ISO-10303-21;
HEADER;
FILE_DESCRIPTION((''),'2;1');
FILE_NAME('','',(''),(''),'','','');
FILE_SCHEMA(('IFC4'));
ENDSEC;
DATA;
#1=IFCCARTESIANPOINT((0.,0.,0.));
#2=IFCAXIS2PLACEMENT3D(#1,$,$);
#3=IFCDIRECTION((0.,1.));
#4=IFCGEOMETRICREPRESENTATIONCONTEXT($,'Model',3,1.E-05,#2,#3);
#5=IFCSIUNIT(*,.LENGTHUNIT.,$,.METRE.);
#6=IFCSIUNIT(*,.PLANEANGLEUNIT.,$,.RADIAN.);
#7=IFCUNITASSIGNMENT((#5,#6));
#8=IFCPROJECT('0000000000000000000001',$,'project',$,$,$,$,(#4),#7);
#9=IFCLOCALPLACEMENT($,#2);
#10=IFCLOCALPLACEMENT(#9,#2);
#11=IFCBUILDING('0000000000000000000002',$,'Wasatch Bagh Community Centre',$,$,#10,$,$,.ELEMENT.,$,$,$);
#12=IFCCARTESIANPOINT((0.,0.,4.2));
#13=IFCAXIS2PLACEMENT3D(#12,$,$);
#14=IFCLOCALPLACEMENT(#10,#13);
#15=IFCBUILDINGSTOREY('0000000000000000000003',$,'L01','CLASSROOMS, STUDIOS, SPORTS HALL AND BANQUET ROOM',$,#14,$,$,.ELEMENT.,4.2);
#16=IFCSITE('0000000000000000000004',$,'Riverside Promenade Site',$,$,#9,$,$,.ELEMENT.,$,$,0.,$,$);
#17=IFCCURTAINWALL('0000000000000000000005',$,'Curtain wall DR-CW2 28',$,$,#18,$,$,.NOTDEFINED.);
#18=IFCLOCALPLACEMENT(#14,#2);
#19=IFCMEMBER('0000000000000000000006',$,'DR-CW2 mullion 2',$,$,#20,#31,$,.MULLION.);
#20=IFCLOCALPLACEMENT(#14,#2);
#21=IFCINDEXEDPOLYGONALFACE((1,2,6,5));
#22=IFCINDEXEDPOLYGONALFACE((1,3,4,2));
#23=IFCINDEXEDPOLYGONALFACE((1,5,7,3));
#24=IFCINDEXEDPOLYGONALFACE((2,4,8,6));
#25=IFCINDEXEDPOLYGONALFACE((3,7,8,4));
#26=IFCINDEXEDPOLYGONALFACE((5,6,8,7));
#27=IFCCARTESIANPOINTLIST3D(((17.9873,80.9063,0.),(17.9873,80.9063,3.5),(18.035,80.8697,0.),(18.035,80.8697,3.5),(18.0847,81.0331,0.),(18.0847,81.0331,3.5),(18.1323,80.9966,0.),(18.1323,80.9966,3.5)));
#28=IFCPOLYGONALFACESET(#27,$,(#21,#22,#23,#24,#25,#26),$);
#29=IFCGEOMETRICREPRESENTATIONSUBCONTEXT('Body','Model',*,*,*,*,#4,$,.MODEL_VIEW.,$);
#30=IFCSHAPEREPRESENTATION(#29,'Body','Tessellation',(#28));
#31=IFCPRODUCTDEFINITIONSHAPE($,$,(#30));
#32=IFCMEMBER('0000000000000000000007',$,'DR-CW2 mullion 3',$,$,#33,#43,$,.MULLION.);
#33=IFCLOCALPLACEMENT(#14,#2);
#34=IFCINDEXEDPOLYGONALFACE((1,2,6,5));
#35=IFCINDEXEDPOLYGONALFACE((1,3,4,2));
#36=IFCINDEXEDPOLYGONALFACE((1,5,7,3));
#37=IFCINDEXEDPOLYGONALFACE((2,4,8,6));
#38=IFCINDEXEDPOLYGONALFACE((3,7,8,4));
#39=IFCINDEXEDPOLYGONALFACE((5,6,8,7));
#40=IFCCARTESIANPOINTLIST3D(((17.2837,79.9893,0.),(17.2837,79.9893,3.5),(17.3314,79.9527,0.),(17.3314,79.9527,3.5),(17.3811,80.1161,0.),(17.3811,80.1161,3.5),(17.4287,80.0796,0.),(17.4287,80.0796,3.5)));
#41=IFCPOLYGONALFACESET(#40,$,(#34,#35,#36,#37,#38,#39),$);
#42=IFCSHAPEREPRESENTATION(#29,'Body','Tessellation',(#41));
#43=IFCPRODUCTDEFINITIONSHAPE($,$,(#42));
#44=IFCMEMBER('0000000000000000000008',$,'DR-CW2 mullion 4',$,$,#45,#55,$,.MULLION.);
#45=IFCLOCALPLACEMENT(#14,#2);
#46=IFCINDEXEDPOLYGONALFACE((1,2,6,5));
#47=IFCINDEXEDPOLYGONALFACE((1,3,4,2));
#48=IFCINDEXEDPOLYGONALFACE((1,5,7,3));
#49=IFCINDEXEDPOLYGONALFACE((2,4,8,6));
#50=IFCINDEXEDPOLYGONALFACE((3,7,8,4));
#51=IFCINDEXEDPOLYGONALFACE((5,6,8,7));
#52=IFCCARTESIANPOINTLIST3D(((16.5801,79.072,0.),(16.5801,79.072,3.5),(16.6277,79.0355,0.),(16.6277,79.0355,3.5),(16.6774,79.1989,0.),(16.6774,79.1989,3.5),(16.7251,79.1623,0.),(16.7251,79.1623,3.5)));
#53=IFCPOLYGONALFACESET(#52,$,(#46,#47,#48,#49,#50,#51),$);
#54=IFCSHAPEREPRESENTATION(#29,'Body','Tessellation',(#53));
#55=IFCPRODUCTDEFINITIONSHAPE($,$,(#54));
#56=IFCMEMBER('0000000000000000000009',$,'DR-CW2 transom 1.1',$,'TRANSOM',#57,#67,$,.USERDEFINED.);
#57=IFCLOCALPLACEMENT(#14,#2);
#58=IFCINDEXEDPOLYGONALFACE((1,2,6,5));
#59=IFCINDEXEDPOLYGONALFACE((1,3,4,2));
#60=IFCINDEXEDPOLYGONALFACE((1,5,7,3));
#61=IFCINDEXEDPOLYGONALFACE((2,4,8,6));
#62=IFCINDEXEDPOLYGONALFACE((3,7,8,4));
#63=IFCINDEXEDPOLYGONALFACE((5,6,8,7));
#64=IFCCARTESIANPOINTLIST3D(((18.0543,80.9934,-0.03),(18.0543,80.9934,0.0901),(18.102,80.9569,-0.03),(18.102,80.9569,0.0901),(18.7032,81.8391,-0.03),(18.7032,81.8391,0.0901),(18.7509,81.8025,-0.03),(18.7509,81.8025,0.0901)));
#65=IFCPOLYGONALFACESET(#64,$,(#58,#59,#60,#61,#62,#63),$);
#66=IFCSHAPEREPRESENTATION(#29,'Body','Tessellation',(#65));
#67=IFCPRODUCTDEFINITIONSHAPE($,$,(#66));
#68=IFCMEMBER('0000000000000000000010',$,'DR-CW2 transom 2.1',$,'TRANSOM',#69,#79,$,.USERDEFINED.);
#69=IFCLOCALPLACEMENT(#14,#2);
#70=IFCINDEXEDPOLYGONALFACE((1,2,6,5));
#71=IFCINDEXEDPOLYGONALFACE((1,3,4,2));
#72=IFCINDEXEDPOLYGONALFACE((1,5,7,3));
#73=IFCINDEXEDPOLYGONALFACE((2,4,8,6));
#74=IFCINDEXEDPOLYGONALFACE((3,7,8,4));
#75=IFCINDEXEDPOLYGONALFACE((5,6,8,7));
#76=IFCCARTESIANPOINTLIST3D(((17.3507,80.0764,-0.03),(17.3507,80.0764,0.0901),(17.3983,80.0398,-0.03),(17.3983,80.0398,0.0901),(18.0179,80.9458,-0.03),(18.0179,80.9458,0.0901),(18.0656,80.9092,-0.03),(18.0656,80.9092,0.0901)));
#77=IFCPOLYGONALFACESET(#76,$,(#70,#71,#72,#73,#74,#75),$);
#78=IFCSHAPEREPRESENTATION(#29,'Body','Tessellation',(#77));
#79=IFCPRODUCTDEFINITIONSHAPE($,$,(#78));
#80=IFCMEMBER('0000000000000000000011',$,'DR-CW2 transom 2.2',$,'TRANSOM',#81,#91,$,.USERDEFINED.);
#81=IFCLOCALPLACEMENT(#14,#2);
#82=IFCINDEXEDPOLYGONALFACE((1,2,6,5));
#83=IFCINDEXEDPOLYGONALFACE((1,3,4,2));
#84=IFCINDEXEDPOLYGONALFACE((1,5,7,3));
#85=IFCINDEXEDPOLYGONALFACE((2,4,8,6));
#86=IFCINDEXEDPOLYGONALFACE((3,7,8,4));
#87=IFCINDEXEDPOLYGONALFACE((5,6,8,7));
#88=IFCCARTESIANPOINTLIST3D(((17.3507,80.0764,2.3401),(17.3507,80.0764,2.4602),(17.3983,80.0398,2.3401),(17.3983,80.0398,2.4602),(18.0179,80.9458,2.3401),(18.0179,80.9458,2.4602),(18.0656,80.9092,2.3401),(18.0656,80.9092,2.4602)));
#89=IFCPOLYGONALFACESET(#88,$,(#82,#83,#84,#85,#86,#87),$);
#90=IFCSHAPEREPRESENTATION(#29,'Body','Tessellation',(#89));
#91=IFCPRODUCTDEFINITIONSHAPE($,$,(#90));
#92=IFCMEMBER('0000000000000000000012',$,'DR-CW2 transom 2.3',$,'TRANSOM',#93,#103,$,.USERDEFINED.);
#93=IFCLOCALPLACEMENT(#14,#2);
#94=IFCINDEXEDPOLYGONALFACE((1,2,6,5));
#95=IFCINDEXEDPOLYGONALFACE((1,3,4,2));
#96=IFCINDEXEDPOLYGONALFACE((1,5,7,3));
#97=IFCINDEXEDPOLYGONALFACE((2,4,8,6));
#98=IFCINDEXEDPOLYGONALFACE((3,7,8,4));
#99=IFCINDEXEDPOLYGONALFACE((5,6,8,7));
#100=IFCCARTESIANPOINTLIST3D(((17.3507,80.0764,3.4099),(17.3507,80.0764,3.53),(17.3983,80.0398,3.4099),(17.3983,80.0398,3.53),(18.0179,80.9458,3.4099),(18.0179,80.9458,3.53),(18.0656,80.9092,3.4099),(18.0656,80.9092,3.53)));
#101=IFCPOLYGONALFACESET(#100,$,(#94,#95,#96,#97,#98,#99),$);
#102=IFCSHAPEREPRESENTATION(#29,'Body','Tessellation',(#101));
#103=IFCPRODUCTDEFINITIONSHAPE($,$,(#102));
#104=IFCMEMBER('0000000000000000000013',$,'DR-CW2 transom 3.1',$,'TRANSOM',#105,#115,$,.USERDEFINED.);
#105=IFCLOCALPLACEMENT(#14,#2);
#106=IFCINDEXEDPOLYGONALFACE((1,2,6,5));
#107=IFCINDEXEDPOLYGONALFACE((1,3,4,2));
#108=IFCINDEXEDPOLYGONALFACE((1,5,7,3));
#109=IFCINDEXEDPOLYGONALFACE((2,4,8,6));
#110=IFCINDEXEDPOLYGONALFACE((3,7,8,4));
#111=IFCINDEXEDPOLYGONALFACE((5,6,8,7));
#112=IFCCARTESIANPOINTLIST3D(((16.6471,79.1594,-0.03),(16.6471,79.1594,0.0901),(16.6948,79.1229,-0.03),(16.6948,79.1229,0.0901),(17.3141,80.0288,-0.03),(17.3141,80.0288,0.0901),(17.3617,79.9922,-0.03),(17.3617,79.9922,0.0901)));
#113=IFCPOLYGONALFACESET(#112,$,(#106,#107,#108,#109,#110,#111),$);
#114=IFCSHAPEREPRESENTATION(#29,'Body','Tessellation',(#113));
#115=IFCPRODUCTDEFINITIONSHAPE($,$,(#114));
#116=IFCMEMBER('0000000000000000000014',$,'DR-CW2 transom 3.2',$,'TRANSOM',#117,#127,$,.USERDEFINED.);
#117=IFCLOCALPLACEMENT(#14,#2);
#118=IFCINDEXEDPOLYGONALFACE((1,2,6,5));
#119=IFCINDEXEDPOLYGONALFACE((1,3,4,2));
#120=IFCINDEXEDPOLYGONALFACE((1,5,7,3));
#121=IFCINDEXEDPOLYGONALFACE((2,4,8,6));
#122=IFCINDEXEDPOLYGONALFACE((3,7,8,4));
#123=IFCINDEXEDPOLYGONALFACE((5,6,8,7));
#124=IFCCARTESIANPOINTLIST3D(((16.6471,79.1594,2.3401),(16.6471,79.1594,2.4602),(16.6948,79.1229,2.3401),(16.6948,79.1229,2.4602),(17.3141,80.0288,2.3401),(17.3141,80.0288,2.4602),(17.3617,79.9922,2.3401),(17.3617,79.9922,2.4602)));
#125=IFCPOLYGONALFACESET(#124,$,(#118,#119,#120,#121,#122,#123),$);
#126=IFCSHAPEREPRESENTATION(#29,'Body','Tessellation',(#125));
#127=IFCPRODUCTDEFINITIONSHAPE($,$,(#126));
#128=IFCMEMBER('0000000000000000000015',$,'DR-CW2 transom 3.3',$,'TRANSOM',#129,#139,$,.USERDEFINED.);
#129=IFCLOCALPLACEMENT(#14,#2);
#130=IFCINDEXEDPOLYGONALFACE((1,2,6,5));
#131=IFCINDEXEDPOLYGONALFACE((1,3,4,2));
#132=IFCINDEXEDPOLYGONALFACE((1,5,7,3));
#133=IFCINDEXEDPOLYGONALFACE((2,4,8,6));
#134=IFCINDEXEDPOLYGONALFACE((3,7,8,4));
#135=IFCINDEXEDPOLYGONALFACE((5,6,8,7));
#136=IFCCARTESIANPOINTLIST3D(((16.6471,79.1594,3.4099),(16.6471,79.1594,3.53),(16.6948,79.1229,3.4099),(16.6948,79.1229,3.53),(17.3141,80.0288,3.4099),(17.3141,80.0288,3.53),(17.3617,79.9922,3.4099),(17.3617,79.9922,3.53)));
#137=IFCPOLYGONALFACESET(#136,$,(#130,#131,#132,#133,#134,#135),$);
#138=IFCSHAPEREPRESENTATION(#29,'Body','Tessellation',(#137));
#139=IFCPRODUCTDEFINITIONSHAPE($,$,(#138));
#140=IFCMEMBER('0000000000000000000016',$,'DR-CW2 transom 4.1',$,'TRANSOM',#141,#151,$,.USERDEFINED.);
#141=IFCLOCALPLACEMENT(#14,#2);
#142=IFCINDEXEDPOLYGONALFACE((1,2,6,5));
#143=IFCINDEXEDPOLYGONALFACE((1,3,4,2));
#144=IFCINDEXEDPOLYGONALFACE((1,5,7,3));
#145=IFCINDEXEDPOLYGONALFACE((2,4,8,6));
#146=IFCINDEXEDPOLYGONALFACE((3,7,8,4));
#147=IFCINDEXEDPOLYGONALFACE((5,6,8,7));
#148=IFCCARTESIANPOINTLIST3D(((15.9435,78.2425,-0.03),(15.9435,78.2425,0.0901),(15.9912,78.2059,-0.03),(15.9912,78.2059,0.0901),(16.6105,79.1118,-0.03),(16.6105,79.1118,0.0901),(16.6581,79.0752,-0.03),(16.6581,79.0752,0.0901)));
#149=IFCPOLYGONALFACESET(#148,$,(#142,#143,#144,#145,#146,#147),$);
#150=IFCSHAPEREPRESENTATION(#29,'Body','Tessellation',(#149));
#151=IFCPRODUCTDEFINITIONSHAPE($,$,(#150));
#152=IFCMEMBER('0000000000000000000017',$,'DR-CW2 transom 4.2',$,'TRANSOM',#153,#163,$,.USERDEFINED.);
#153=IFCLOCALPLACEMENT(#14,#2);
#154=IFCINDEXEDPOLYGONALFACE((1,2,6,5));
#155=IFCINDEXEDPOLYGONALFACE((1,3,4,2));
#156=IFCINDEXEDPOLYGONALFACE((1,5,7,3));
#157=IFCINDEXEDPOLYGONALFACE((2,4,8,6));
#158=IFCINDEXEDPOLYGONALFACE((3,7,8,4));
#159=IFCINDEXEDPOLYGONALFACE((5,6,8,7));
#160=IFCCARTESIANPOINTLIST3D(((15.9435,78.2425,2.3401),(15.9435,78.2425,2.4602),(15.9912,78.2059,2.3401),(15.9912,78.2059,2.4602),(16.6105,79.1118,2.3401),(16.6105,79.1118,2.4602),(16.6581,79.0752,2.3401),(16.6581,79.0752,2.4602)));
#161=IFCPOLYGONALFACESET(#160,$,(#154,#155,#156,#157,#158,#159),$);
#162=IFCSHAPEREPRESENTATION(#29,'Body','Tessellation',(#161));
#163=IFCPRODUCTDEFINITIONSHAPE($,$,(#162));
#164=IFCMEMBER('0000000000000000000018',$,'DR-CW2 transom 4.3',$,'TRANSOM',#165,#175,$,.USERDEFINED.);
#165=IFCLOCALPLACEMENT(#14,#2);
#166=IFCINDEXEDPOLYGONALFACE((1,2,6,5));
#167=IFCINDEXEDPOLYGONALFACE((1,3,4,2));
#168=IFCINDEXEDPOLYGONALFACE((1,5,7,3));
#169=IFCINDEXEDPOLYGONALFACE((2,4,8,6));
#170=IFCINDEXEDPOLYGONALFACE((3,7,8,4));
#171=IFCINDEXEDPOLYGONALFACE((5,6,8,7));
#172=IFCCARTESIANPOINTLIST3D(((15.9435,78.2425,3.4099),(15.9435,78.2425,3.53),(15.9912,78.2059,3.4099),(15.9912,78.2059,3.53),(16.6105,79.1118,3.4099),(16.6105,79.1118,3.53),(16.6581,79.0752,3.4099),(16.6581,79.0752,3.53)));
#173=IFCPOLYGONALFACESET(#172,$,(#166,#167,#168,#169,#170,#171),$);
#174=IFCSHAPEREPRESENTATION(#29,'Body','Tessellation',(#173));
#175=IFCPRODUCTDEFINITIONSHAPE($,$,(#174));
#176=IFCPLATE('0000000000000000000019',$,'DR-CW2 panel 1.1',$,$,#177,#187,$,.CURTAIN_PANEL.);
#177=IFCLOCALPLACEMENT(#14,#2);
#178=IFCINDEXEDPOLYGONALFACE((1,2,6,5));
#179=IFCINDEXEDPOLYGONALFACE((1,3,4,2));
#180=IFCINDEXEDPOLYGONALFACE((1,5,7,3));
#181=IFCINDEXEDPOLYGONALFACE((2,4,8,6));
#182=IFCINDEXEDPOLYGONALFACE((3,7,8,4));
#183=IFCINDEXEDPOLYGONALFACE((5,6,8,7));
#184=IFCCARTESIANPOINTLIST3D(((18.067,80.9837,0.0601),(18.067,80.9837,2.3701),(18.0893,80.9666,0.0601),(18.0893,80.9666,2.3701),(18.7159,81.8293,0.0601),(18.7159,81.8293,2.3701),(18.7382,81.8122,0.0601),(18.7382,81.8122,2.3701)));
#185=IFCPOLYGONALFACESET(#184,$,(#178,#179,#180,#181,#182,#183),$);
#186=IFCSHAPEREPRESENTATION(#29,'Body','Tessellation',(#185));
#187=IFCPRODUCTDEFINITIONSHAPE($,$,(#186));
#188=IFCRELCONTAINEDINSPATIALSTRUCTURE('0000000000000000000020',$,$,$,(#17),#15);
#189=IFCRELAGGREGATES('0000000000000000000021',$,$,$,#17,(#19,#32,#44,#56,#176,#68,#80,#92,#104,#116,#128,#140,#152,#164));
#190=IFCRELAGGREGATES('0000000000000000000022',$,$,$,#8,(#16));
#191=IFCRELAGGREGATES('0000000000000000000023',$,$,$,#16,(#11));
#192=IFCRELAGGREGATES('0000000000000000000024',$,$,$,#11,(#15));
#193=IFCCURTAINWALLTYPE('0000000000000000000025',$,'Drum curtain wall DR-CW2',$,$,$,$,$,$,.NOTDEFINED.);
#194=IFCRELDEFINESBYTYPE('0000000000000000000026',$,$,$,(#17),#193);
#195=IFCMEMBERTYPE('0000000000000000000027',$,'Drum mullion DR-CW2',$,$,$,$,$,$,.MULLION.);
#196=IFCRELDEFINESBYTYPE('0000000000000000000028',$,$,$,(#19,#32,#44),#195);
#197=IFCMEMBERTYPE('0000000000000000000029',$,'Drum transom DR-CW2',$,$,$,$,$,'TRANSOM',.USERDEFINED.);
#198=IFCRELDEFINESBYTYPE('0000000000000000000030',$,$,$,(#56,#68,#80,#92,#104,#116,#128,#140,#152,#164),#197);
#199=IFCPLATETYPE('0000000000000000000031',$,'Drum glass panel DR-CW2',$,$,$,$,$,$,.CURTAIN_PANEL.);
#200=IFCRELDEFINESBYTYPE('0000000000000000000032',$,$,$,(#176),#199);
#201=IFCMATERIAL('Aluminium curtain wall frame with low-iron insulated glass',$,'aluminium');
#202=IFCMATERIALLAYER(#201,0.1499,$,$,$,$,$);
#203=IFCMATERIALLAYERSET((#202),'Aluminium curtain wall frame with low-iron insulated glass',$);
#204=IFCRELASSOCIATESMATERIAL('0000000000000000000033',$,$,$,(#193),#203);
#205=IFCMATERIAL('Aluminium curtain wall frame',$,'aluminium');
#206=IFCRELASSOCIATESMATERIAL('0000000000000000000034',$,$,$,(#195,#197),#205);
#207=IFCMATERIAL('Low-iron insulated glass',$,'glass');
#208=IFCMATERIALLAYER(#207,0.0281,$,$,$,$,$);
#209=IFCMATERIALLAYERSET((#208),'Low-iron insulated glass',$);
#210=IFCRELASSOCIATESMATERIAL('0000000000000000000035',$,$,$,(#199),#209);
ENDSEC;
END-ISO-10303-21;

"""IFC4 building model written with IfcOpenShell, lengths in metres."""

from ifc_helpers import new_model, si_unit, direction, frame, origin, origin_2d, place, context, subcontext, project, spatial, rectangle, extrude, material, layer, layer_set, material_profile, profile_set, type_object, element, aggregate, save


model = new_model("IFC4")

# Units and contexts
model_context = context("Model", 3, precision=1e-05, world=origin(), true_north=direction((0.0, 1.0)))
body_context = subcontext(model_context, "Body", "Model", "MODEL_VIEW")
ifc_project = project(units=[si_unit("LENGTHUNIT", "METRE"), si_unit("PLANEANGLEUNIT", "RADIAN")], contexts=[model_context])

# Site, building, storey
site_placement = place(None, origin())
site = spatial("IfcSite", under=ifc_project, at=site_placement, Name="Riverside Promenade Site", CompositionType="ELEMENT", RefElevation=0.0)
building_placement = place(site_placement, origin())
building = spatial("IfcBuilding", under=site, at=building_placement, Name="Wasatch Bagh Community Centre", CompositionType="ELEMENT")
storey_placement = place(building_placement, frame((0.0, 0.0, 4.2)))
storey = spatial("IfcBuildingStorey", under=building, at=storey_placement, Name="L01", Description="CLASSROOMS, STUDIOS, SPORTS HALL AND BANQUET ROOM", CompositionType="ELEMENT", Elevation=4.2)

# Curtain wall, members, plate
ifc_material_1 = material(Name="Aluminium curtain wall frame with low-iron insulated glass", Category="aluminium")
ifc_layer_1 = layer(ifc_material_1, 0.1499)
ifc_layer_set_1 = layer_set([ifc_layer_1], Name="Aluminium curtain wall frame with low-iron insulated glass")
curtain_wall_type = type_object("IfcCurtainWallType", Name="Drum curtain wall DR-CW2", PredefinedType="NOTDEFINED", material=ifc_layer_set_1)
curtain_wall_placement = place(storey_placement, origin())
curtain_wall = element("IfcCurtainWall", 1, at=curtain_wall_placement, inside=storey, type_object=curtain_wall_type, Name="Curtain wall DR-CW2 28", PredefinedType="NOTDEFINED")
ifc_material_2 = material(Name="Aluminium curtain wall frame", Category="aluminium")
ifc_material_profile_1 = material_profile(ifc_material_2, rectangle(XDim=0.0601, YDim=0.1599, at=origin_2d()), Name="Drum mullion DR-CW2")
ifc_profile_set_1 = profile_set([ifc_material_profile_1], Name="Aluminium curtain wall frame")
member_type_1 = type_object("IfcMemberType", Name="Drum mullion DR-CW2", PredefinedType="MULLION", material=ifc_profile_set_1)
member_1_placement = place(storey_placement, frame((18.0598, 80.9514, 0.0), z_axis=(0.0, 0.0, 1.0), x_axis=(0.793353, -0.608761, 0.0)))
member_1 = element("IfcMember", 2, at=member_1_placement, type_object=member_type_1, Name="DR-CW2 mullion 2", PredefinedType="MULLION", context=body_context, shape_type="SweptSolid", body=[
    extrude(rectangle(XDim=0.0601, YDim=0.1599, at=origin_2d()), origin(), (0.0, 0.0, 1.0), 3.5),
])
member_2_placement = place(storey_placement, frame((17.3562, 80.0344, 0.0), z_axis=(0.0, 0.0, 1.0), x_axis=(0.793353, -0.608761, 0.0)))
member_2 = element("IfcMember", 3, at=member_2_placement, type_object=member_type_1, Name="DR-CW2 mullion 3", PredefinedType="MULLION", context=body_context, shape_type="SweptSolid", body=[
    extrude(rectangle(XDim=0.0601, YDim=0.1599, at=origin_2d()), origin(), (0.0, 0.0, 1.0), 3.5),
])
member_3_placement = place(storey_placement, frame((16.6526, 79.1172, 0.0), z_axis=(0.0, 0.0, 1.0), x_axis=(0.793353, -0.608761, 0.0)))
member_3 = element("IfcMember", 4, at=member_3_placement, type_object=member_type_1, Name="DR-CW2 mullion 4", PredefinedType="MULLION", context=body_context, shape_type="SweptSolid", body=[
    extrude(rectangle(XDim=0.0601, YDim=0.1599, at=origin_2d()), origin(), (0.0, 0.0, 1.0), 3.5),
])
ifc_material_profile_2 = material_profile(ifc_material_2, rectangle(XDim=0.0601, YDim=0.1201, at=origin_2d()), Name="Drum transom DR-CW2")
ifc_profile_set_2 = profile_set([ifc_material_profile_2], Name="Aluminium curtain wall frame")
member_type_2 = type_object("IfcMemberType", Name="Drum transom DR-CW2", ElementType="TRANSOM", PredefinedType="USERDEFINED", material=ifc_profile_set_2)
member_4_placement = place(storey_placement, frame((18.7271, 81.8208, 0.03), z_axis=(-0.608758, -0.793356, 0.0), x_axis=(0.793356, -0.608758, 0.0)))
member_4 = element("IfcMember", 5, at=member_4_placement, type_object=member_type_2, Name="DR-CW2 transom 1.1", ObjectType="TRANSOM", PredefinedType="USERDEFINED", context=body_context, shape_type="SweptSolid", body=[
    extrude(rectangle(XDim=0.0601, YDim=0.1201, at=origin_2d()), origin(), (0.0, 0.0, 1.0), 1.0659),
])
member_5_placement = place(storey_placement, frame((18.0417, 80.9275, 0.03), z_axis=(-0.608838, -0.793294, 0.0), x_axis=(0.793294, -0.608838, 0.0)))
member_5 = element("IfcMember", 6, at=member_5_placement, type_object=member_type_2, Name="DR-CW2 transom 2.1", ObjectType="TRANSOM", PredefinedType="USERDEFINED", context=body_context, shape_type="SweptSolid", body=[
    extrude(rectangle(XDim=0.0601, YDim=0.1201, at=origin_2d()), origin(), (0.0, 0.0, 1.0), 1.0959),
])
member_6_placement = place(storey_placement, frame((18.0417, 80.9275, 2.4001), z_axis=(-0.608838, -0.793294, 0.0), x_axis=(0.793294, -0.608838, 0.0)))
member_6 = element("IfcMember", 7, at=member_6_placement, type_object=member_type_2, Name="DR-CW2 transom 2.2", ObjectType="TRANSOM", PredefinedType="USERDEFINED", context=body_context, shape_type="SweptSolid", body=[
    extrude(rectangle(XDim=0.0601, YDim=0.1201, at=origin_2d()), origin(), (0.0, 0.0, 1.0), 1.0959),
])
member_7_placement = place(storey_placement, frame((18.0417, 80.9275, 3.47), z_axis=(-0.608838, -0.793294, 0.0), x_axis=(0.793294, -0.608838, 0.0)))
member_7 = element("IfcMember", 8, at=member_7_placement, type_object=member_type_2, Name="DR-CW2 transom 2.3", ObjectType="TRANSOM", PredefinedType="USERDEFINED", context=body_context, shape_type="SweptSolid", body=[
    extrude(rectangle(XDim=0.0601, YDim=0.1201, at=origin_2d()), origin(), (0.0, 0.0, 1.0), 1.0959),
])
member_8_placement = place(storey_placement, frame((17.3379, 80.0105, 0.03), z_axis=(-0.608698, -0.793402, 0.0), x_axis=(0.793402, -0.608698, 0.0)))
member_8 = element("IfcMember", 9, at=member_8_placement, type_object=member_type_2, Name="DR-CW2 transom 3.1", ObjectType="TRANSOM", PredefinedType="USERDEFINED", context=body_context, shape_type="SweptSolid", body=[
    extrude(rectangle(XDim=0.0601, YDim=0.1201, at=origin_2d()), origin(), (0.0, 0.0, 1.0), 1.0957),
])
member_9_placement = place(storey_placement, frame((17.3379, 80.0105, 2.4001), z_axis=(-0.608698, -0.793402, 0.0), x_axis=(0.793402, -0.608698, 0.0)))
member_9 = element("IfcMember", 10, at=member_9_placement, type_object=member_type_2, Name="DR-CW2 transom 3.2", ObjectType="TRANSOM", PredefinedType="USERDEFINED", context=body_context, shape_type="SweptSolid", body=[
    extrude(rectangle(XDim=0.0601, YDim=0.1201, at=origin_2d()), origin(), (0.0, 0.0, 1.0), 1.0957),
])
member_10_placement = place(storey_placement, frame((17.3379, 80.0105, 3.47), z_axis=(-0.608698, -0.793402, 0.0), x_axis=(0.793402, -0.608698, 0.0)))
member_10 = element("IfcMember", 11, at=member_10_placement, type_object=member_type_2, Name="DR-CW2 transom 3.3", ObjectType="TRANSOM", PredefinedType="USERDEFINED", context=body_context, shape_type="SweptSolid", body=[
    extrude(rectangle(XDim=0.0601, YDim=0.1201, at=origin_2d()), origin(), (0.0, 0.0, 1.0), 1.0957),
])
member_11_placement = place(storey_placement, frame((16.6343, 79.0935, 0.03), z_axis=(-0.608698, -0.793402, 0.0), x_axis=(0.793402, -0.608698, 0.0)))
member_11 = element("IfcMember", 12, at=member_11_placement, type_object=member_type_2, Name="DR-CW2 transom 4.1", ObjectType="TRANSOM", PredefinedType="USERDEFINED", context=body_context, shape_type="SweptSolid", body=[
    extrude(rectangle(XDim=0.0601, YDim=0.1201, at=origin_2d()), origin(), (0.0, 0.0, 1.0), 1.0957),
])
member_12_placement = place(storey_placement, frame((16.6343, 79.0935, 2.4001), z_axis=(-0.608698, -0.793402, 0.0), x_axis=(0.793402, -0.608698, 0.0)))
member_12 = element("IfcMember", 13, at=member_12_placement, type_object=member_type_2, Name="DR-CW2 transom 4.2", ObjectType="TRANSOM", PredefinedType="USERDEFINED", context=body_context, shape_type="SweptSolid", body=[
    extrude(rectangle(XDim=0.0601, YDim=0.1201, at=origin_2d()), origin(), (0.0, 0.0, 1.0), 1.0957),
])
member_13_placement = place(storey_placement, frame((16.6343, 79.0935, 3.47), z_axis=(-0.608698, -0.793402, 0.0), x_axis=(0.793402, -0.608698, 0.0)))
member_13 = element("IfcMember", 14, at=member_13_placement, type_object=member_type_2, Name="DR-CW2 transom 4.3", ObjectType="TRANSOM", PredefinedType="USERDEFINED", context=body_context, shape_type="SweptSolid", body=[
    extrude(rectangle(XDim=0.0601, YDim=0.1201, at=origin_2d()), origin(), (0.0, 0.0, 1.0), 1.0957),
])
ifc_material_3 = material(Name="Low-iron insulated glass", Category="glass")
ifc_layer_2 = layer(ifc_material_3, 0.0281)
ifc_layer_set_2 = layer_set([ifc_layer_2], Name="Low-iron insulated glass")
plate_type = type_object("IfcPlateType", Name="Drum glass panel DR-CW2", PredefinedType="CURTAIN_PANEL", material=ifc_layer_set_2)
plate_1_placement = place(storey_placement, frame((18.4026, 81.3979, 0.0601), z_axis=(0.0, 0.0, 1.0), x_axis=(-0.608761, -0.793353, 0.0)))
plate_1 = element("IfcPlate", 15, at=plate_1_placement, type_object=plate_type, Name="DR-CW2 panel 1.1", PredefinedType="CURTAIN_PANEL", context=body_context, shape_type="SweptSolid", body=[
    extrude(rectangle(XDim=1.0659, YDim=0.0281, at=origin_2d()), origin(), (0.0, 0.0, 1.0), 2.3101),
])
aggregate(curtain_wall, [member_1, member_2, member_3, member_4, plate_1, member_5, member_6, member_7, member_8, member_9, member_10, member_11, member_12, member_13])

save(model, "model.ifc")
